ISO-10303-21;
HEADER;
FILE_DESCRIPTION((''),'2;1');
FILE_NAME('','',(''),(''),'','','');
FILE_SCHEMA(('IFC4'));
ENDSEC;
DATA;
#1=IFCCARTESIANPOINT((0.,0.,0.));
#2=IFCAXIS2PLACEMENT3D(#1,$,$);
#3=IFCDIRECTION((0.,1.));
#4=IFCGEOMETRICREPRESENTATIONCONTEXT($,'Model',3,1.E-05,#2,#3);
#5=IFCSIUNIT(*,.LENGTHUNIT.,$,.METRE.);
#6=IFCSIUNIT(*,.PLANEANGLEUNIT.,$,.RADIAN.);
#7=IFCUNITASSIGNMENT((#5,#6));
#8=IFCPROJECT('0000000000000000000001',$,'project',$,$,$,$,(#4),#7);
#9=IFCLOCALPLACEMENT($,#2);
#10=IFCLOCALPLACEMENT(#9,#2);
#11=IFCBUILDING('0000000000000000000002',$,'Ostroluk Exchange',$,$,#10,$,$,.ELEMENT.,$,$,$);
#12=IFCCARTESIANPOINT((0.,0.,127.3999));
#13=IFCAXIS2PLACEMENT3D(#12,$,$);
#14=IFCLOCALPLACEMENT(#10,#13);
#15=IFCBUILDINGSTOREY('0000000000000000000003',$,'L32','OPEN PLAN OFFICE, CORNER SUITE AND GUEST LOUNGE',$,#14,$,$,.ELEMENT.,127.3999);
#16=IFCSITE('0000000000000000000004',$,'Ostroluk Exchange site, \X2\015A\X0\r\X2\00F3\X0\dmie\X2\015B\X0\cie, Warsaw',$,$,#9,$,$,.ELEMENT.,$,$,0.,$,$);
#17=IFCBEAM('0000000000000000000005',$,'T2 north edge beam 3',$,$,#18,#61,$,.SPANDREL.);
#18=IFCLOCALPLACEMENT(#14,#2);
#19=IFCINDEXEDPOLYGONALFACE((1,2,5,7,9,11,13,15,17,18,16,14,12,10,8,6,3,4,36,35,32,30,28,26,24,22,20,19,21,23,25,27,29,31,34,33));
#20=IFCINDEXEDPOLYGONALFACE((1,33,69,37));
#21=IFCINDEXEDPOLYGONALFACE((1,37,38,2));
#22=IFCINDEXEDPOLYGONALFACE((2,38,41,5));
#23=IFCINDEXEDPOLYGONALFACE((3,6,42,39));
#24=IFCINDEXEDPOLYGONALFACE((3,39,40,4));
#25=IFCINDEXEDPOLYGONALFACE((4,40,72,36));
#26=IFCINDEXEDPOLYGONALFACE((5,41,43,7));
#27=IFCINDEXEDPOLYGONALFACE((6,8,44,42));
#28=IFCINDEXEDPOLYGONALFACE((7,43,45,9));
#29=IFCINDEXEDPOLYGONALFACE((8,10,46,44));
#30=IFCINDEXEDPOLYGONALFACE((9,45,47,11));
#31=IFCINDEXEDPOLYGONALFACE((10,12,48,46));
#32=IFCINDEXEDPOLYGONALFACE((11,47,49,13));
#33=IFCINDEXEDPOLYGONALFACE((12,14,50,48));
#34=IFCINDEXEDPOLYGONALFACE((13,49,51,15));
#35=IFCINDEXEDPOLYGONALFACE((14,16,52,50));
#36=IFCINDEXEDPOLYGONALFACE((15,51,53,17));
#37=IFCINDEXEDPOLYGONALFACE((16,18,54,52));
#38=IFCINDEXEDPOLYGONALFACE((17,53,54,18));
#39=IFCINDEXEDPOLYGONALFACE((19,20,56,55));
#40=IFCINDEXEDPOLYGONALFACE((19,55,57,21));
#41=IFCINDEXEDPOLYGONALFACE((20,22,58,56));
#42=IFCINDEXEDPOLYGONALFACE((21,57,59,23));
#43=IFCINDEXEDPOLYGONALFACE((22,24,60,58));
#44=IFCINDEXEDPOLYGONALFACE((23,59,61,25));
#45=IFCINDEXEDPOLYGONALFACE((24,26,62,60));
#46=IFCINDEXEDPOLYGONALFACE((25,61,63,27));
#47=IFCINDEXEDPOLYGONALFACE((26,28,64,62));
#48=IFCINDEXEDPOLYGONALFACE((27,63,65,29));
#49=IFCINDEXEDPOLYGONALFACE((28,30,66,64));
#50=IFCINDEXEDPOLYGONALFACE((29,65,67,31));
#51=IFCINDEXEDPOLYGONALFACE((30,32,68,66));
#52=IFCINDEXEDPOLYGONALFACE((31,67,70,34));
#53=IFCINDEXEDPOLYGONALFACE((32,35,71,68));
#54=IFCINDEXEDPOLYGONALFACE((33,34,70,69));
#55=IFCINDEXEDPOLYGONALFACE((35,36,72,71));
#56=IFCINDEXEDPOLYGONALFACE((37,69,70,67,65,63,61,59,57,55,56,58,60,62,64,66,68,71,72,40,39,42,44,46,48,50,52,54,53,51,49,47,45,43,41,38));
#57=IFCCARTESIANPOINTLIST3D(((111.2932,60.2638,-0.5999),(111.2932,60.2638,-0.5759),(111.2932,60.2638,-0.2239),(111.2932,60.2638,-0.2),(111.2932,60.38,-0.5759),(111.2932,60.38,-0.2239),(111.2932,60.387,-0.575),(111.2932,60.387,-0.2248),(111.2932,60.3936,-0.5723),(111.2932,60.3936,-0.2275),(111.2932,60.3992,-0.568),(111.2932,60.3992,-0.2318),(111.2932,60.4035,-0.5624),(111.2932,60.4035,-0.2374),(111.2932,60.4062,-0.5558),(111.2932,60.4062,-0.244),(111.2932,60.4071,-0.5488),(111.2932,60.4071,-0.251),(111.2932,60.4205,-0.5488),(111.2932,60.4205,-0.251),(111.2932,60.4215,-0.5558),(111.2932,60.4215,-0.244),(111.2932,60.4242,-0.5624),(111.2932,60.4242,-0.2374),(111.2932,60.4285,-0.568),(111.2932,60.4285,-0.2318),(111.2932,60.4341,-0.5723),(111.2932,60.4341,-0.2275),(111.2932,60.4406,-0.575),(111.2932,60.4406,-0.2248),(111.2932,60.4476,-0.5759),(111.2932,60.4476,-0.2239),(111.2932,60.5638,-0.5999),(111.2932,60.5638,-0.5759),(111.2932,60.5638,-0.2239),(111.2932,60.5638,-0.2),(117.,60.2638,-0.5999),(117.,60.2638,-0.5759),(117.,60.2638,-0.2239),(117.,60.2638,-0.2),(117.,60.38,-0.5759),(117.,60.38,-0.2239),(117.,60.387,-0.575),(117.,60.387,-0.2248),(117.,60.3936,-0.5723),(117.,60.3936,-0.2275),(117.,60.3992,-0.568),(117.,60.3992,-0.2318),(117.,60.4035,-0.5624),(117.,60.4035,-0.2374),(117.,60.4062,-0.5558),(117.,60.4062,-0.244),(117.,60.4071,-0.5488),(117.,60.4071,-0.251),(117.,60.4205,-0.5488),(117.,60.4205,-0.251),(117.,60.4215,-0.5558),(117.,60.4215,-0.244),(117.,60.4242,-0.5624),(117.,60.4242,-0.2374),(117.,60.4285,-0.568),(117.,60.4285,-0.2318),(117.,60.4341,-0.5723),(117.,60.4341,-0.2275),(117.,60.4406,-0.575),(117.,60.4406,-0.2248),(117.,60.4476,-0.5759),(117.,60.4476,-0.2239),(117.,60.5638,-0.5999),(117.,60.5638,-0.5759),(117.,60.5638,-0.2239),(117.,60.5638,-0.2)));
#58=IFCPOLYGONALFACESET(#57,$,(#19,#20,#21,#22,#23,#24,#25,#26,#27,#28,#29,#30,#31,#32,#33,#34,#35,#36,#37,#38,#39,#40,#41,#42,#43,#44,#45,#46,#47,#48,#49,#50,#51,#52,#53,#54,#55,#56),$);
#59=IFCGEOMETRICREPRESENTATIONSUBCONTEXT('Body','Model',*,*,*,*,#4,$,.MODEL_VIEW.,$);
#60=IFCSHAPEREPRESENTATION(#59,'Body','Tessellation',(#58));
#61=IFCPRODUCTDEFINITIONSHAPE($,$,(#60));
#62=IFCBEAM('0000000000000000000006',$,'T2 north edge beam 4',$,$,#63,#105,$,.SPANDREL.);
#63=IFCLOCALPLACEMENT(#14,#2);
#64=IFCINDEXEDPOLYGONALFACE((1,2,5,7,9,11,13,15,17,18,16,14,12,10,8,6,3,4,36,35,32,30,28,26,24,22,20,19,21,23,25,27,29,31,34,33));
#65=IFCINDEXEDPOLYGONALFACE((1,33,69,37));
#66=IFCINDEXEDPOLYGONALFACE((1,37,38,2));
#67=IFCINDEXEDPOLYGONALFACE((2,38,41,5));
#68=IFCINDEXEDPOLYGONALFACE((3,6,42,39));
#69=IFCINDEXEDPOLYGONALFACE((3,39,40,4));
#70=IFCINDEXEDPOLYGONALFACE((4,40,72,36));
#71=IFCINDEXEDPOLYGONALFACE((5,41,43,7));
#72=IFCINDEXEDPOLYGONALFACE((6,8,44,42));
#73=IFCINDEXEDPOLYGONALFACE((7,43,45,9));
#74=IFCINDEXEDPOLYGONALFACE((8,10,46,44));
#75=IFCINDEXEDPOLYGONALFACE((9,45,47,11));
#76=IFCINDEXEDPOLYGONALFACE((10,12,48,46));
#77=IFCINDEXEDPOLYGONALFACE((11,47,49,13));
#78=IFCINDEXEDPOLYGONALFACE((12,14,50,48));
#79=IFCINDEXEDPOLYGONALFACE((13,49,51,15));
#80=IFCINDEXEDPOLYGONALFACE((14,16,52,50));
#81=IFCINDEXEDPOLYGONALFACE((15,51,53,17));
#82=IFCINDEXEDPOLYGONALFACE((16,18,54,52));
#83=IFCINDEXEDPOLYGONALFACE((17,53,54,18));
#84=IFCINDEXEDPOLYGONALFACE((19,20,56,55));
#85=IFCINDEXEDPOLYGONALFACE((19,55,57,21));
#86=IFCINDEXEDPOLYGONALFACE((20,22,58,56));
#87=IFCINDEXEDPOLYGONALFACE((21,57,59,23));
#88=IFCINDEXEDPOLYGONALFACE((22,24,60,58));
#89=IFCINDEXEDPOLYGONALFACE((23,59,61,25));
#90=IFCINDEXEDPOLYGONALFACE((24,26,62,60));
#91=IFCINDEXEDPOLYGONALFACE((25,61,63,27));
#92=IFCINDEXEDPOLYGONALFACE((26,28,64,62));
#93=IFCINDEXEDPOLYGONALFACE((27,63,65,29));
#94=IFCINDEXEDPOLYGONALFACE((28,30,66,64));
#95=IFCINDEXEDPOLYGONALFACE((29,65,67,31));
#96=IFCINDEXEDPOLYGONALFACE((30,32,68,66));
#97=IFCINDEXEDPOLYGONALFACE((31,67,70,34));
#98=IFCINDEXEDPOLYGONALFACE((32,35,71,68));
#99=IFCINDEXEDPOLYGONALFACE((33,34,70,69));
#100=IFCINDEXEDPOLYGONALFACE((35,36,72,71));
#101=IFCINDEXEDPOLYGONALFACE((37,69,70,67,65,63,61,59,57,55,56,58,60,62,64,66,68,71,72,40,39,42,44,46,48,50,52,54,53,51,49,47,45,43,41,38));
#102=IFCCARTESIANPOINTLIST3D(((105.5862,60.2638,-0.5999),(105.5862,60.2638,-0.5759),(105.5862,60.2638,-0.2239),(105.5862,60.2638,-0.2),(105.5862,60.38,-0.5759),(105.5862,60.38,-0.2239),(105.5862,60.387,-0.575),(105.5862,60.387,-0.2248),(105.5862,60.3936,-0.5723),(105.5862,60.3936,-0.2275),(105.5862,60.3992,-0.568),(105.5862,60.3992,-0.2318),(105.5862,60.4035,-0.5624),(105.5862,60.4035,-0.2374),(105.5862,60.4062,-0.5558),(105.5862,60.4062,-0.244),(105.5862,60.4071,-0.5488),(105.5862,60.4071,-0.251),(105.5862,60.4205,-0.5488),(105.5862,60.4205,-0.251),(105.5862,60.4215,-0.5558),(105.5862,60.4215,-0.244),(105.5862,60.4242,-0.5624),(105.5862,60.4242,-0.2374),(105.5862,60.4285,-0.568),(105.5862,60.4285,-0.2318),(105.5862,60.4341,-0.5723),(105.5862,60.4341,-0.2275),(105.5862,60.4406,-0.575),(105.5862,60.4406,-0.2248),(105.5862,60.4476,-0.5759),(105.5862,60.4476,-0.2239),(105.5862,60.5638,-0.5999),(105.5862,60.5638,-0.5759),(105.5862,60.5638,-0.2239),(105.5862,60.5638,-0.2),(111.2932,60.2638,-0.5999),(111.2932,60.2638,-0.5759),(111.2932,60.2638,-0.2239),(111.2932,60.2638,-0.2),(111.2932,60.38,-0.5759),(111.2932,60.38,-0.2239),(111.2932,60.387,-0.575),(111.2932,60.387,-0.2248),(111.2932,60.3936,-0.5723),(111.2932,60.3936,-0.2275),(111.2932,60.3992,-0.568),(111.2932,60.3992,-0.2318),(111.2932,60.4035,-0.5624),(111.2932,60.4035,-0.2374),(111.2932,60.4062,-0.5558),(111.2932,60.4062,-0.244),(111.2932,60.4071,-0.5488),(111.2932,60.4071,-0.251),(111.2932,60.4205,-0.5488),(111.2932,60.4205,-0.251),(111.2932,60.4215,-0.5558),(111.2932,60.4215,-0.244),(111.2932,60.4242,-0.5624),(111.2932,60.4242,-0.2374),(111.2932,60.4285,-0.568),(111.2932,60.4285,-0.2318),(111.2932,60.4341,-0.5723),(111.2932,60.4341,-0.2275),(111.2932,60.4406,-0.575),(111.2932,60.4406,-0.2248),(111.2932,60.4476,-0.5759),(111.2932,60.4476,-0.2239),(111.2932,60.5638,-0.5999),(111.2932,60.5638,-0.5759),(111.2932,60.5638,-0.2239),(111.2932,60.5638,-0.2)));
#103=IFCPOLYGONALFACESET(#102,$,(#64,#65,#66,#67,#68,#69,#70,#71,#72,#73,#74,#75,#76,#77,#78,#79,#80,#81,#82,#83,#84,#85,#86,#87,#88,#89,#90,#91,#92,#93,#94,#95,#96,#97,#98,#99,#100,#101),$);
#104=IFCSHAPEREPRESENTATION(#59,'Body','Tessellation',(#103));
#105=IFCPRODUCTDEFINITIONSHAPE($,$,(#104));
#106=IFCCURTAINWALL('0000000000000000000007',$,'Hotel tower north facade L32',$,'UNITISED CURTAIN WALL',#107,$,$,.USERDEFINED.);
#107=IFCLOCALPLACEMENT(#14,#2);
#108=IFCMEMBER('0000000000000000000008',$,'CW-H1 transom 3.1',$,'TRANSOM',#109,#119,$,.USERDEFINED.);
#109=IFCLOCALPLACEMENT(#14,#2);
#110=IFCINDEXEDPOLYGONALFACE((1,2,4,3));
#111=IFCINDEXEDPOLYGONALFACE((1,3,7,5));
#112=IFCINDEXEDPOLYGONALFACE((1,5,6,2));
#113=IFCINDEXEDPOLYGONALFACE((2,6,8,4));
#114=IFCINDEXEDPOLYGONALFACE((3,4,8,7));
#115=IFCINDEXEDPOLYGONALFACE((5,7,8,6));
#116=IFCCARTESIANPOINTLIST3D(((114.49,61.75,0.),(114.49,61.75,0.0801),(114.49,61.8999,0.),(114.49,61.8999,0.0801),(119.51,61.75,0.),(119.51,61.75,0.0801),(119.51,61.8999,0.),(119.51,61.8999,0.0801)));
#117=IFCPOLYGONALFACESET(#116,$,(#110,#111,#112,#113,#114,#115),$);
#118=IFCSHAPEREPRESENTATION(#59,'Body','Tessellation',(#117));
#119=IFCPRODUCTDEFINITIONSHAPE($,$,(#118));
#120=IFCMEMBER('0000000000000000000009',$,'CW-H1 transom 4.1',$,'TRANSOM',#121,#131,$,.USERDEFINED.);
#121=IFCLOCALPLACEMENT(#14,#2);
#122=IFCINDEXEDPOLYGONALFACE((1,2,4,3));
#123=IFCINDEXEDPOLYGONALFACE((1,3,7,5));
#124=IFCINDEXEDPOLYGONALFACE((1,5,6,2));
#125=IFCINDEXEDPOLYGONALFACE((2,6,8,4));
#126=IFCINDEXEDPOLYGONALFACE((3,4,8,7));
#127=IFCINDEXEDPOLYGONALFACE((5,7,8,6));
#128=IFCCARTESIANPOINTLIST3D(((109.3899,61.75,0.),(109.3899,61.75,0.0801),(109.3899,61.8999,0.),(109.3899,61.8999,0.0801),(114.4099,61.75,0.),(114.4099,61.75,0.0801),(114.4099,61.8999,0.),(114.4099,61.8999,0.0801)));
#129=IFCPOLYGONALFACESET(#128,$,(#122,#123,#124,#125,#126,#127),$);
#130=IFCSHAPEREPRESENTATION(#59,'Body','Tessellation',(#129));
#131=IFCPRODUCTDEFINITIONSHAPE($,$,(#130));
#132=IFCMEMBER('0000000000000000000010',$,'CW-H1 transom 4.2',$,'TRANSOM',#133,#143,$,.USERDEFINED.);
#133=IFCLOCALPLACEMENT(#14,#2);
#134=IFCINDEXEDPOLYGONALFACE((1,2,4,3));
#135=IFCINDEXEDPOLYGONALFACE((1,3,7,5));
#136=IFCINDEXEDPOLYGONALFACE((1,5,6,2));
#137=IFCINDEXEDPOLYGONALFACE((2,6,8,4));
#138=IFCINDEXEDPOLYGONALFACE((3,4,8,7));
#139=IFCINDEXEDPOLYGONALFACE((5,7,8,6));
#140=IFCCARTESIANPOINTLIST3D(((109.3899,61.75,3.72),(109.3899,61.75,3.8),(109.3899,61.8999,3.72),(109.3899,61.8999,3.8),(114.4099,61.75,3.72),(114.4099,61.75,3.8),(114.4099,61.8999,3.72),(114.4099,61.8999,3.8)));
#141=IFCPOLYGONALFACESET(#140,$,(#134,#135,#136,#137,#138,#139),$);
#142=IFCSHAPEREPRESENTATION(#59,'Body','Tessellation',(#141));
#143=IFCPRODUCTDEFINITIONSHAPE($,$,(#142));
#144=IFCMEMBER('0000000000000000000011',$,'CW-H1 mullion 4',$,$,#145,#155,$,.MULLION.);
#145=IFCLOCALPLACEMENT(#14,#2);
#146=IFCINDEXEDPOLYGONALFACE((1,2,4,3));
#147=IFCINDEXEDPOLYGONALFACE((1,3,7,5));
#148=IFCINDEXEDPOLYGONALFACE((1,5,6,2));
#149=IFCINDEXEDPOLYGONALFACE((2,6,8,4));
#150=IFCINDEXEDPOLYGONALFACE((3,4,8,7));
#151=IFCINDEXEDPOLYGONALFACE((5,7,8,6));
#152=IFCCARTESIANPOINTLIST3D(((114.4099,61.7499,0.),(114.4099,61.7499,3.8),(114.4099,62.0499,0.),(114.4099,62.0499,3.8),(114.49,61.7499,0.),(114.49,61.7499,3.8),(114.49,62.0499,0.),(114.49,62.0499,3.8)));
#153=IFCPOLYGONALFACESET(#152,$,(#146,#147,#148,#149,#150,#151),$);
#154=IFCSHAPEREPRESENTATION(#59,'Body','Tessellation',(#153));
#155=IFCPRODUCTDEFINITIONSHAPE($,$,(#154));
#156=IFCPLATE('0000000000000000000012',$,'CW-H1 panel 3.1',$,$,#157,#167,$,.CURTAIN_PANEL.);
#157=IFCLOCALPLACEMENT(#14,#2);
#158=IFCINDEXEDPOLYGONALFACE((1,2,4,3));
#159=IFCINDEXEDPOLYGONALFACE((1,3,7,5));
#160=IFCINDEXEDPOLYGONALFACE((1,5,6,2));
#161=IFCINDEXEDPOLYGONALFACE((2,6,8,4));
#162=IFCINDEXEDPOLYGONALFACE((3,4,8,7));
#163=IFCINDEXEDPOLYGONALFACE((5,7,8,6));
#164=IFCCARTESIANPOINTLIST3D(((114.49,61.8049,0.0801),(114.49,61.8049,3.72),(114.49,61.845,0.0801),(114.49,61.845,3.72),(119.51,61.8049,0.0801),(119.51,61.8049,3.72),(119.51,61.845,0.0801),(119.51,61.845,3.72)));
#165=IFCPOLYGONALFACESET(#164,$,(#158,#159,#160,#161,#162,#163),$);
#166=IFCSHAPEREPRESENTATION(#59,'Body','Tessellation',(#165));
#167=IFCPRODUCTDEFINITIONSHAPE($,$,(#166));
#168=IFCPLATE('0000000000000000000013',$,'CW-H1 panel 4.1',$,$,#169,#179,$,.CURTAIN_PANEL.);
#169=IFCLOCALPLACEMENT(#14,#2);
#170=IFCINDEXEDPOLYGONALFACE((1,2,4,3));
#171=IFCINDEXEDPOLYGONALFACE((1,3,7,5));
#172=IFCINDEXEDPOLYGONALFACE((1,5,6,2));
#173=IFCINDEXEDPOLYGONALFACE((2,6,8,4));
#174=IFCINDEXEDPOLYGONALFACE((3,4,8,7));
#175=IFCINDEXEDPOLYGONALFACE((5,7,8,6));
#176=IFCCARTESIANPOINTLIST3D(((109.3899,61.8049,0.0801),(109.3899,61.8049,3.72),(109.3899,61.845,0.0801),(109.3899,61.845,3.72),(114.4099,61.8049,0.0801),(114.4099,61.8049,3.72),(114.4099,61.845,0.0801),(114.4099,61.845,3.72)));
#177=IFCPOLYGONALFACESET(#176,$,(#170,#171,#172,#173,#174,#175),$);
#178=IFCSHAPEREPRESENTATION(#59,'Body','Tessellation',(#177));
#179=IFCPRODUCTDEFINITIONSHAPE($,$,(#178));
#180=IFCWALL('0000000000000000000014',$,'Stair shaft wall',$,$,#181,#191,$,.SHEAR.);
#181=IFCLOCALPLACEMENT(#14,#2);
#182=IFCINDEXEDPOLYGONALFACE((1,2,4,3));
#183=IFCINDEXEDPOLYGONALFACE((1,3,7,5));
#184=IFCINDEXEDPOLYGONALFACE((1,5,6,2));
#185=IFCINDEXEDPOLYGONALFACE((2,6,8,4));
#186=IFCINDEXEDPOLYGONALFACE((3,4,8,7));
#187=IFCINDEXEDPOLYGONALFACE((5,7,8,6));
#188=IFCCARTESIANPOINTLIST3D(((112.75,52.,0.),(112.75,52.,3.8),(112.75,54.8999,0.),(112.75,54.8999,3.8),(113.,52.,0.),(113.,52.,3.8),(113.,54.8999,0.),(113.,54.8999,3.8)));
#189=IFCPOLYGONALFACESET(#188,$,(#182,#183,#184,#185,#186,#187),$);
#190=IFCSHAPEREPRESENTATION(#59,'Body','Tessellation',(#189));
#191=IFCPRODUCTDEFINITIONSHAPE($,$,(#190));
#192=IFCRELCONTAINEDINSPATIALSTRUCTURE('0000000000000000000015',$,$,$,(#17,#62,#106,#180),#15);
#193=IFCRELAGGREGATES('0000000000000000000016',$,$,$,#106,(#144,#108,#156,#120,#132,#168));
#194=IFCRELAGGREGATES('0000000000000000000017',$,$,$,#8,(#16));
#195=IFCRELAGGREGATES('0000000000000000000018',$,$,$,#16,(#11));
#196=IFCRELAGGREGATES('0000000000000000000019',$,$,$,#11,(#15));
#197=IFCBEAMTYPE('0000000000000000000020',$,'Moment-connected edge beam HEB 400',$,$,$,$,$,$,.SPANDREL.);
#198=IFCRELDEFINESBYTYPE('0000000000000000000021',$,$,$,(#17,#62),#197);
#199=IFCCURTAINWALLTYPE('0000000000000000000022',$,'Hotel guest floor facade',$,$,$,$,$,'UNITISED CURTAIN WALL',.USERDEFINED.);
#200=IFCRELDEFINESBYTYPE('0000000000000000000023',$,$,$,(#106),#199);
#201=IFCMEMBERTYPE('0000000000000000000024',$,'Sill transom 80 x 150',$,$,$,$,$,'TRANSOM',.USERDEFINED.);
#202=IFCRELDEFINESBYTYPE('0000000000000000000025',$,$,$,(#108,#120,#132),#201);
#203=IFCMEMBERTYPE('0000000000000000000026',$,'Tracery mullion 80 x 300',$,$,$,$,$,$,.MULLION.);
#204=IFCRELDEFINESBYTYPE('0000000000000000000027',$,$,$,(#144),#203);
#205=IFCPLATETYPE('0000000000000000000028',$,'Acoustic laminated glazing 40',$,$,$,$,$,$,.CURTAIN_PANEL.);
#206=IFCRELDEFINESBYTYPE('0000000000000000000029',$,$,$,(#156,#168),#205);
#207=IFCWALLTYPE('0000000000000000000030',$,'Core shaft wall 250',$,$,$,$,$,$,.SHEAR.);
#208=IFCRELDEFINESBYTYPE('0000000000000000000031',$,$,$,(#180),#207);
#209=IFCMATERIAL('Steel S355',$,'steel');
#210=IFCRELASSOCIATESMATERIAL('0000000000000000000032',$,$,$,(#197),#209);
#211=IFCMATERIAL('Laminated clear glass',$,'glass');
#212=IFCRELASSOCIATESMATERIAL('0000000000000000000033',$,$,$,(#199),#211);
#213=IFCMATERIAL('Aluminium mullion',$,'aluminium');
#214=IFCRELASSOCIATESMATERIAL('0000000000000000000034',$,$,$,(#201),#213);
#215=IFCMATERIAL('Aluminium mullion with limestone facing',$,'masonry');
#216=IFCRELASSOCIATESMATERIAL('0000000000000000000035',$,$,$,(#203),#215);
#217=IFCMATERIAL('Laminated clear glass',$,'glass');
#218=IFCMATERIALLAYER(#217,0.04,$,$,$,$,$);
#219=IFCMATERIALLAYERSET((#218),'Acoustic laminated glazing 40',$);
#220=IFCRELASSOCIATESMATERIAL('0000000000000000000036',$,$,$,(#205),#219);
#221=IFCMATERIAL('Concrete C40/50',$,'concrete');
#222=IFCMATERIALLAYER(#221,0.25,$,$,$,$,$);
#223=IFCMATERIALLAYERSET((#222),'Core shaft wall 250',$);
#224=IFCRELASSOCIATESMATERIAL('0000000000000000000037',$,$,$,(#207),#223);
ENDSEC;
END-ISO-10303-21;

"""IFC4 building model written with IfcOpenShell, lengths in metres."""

from ifc_helpers import new_model, si_unit, direction, frame, frame_2d, origin, origin_2d, place, context, subcontext, project, spatial, rectangle, i_section, extrude, material, layer, layer_set, material_profile, profile_set, type_object, element, aggregate, save


model = new_model("IFC4")

# Units and contexts
model_context = context("Model", 3, precision=1e-05, world=origin(), true_north=direction((0.0, 1.0)))
body_context = subcontext(model_context, "Body", "Model", "MODEL_VIEW")
ifc_project = project(units=[si_unit("LENGTHUNIT", "METRE"), si_unit("PLANEANGLEUNIT", "RADIAN")], contexts=[model_context])

# Site, building, storey
site_placement = place(None, origin())
site = spatial("IfcSite", under=ifc_project, at=site_placement, Name="Ostroluk Exchange site, Śródmieście, Warsaw", CompositionType="ELEMENT", RefElevation=0.0)
building_placement = place(site_placement, origin())
building = spatial("IfcBuilding", under=site, at=building_placement, Name="Ostroluk Exchange", CompositionType="ELEMENT")
storey_placement = place(building_placement, frame((0.0, 0.0, 127.3999)))
storey = spatial("IfcBuildingStorey", under=building, at=storey_placement, Name="L32", Description="OPEN PLAN OFFICE, CORNER SUITE AND GUEST LOUNGE", CompositionType="ELEMENT", Elevation=127.3999)

# Beams
ifc_material_1 = material(Name="Steel S355", Category="steel")
ifc_material_profile_1 = material_profile(ifc_material_1, i_section(OverallWidth=0.3, OverallDepth=0.3999, WebThickness=0.0134, FlangeThickness=0.0239, FilletRadius=0.0271, at=origin_2d()), Name="HEB 400")
ifc_profile_set_1 = profile_set([ifc_material_profile_1], Name="Steel S355")
beam_type_1 = type_object("IfcBeamType", Name="Moment-connected edge beam HEB 400", PredefinedType="SPANDREL", material=ifc_profile_set_1)
beam_1_placement = place(storey_placement, frame((117.0, 60.4138, -0.3999), z_axis=(-1.0, 0.0, 0.0), x_axis=(0.0, -1.0, 0.0)))
element("IfcBeam", 1, at=beam_1_placement, inside=storey, type_object=beam_type_1, Name="T2 north edge beam 3", PredefinedType="SPANDREL", context=body_context, shape_type="SweptSolid", body=[
    extrude(i_section(OverallWidth=0.3, OverallDepth=0.3999, WebThickness=0.0134, FlangeThickness=0.0239, FilletRadius=0.0271, at=origin_2d()), origin(), (0.0, 0.0, 1.0), 5.7068),
])
beam_2_placement = place(storey_placement, frame((111.2932, 60.4138, -0.3999), z_axis=(-1.0, 0.0, 0.0), x_axis=(0.0, -1.0, 0.0)))
element("IfcBeam", 2, at=beam_2_placement, inside=storey, type_object=beam_type_1, Name="T2 north edge beam 4", PredefinedType="SPANDREL", context=body_context, shape_type="SweptSolid", body=[
    extrude(i_section(OverallWidth=0.3, OverallDepth=0.3999, WebThickness=0.0134, FlangeThickness=0.0239, FilletRadius=0.0271, at=origin_2d()), origin(), (0.0, 0.0, 1.0), 5.707),
])

# Curtain wall, members, plates
ifc_material_2 = material(Name="Laminated clear glass", Category="glass")
curtain_wall_type = type_object("IfcCurtainWallType", Name="Hotel guest floor facade", ElementType="UNITISED CURTAIN WALL", PredefinedType="USERDEFINED", material=ifc_material_2)
curtain_wall_placement = place(storey_placement, origin())
curtain_wall = element("IfcCurtainWall", 3, at=curtain_wall_placement, inside=storey, type_object=curtain_wall_type, Name="Hotel tower north facade L32", ObjectType="UNITISED CURTAIN WALL", PredefinedType="USERDEFINED")
ifc_material_3 = material(Name="Aluminium mullion", Category="aluminium")
ifc_material_profile_2 = material_profile(ifc_material_3, rectangle(XDim=0.1499, YDim=0.0801, at=origin_2d()), Name="Sill transom 80 x 150")
ifc_profile_set_2 = profile_set([ifc_material_profile_2], Name="Aluminium mullion")
member_type_1 = type_object("IfcMemberType", Name="Sill transom 80 x 150", ElementType="TRANSOM", PredefinedType="USERDEFINED", material=ifc_profile_set_2)
member_1_placement = place(storey_placement, frame((119.51, 61.825, 0.04), z_axis=(-1.0, 0.0, 0.0), x_axis=(0.0, -1.0, 0.0)))
member_1 = element("IfcMember", 4, at=member_1_placement, type_object=member_type_1, Name="CW-H1 transom 3.1", ObjectType="TRANSOM", PredefinedType="USERDEFINED", context=body_context, shape_type="SweptSolid", body=[
    extrude(rectangle(XDim=0.1499, YDim=0.0801, at=origin_2d()), origin(), (0.0, 0.0, 1.0), 5.02),
])
member_2_placement = place(storey_placement, frame((114.4099, 61.825, 0.04), z_axis=(-1.0, 0.0, 0.0), x_axis=(0.0, -1.0, 0.0)))
member_2 = element("IfcMember", 5, at=member_2_placement, type_object=member_type_1, Name="CW-H1 transom 4.1", ObjectType="TRANSOM", PredefinedType="USERDEFINED", context=body_context, shape_type="SweptSolid", body=[
    extrude(rectangle(XDim=0.1499, YDim=0.0801, at=origin_2d()), origin(), (0.0, 0.0, 1.0), 5.02),
])
member_3_placement = place(storey_placement, frame((114.4099, 61.825, 3.76), z_axis=(-1.0, 0.0, 0.0), x_axis=(0.0, -1.0, 0.0)))
member_3 = element("IfcMember", 6, at=member_3_placement, type_object=member_type_1, Name="CW-H1 transom 4.2", ObjectType="TRANSOM", PredefinedType="USERDEFINED", context=body_context, shape_type="SweptSolid", body=[
    extrude(rectangle(XDim=0.1499, YDim=0.0801, at=origin_2d()), origin(), (0.0, 0.0, 1.0), 5.02),
])
ifc_material_4 = material(Name="Aluminium mullion with limestone facing", Category="masonry")
ifc_material_profile_3 = material_profile(ifc_material_4, rectangle(XDim=0.3, YDim=0.0801, at=origin_2d()), Name="Tracery mullion 80 x 300")
ifc_profile_set_3 = profile_set([ifc_material_profile_3], Name="Aluminium mullion with limestone facing")
member_type_2 = type_object("IfcMemberType", Name="Tracery mullion 80 x 300", PredefinedType="MULLION", material=ifc_profile_set_3)
member_4_placement = place(storey_placement, frame((114.45, 61.8999, 0.0), z_axis=(0.0, 0.0, 1.0), x_axis=(0.0, -1.0, 0.0)))
member_4 = element("IfcMember", 7, at=member_4_placement, type_object=member_type_2, Name="CW-H1 mullion 4", PredefinedType="MULLION", context=body_context, shape_type="SweptSolid", body=[
    extrude(rectangle(XDim=0.3, YDim=0.0801, at=origin_2d()), origin(), (0.0, 0.0, 1.0), 3.8),
])
ifc_material_5 = material(Name="Laminated clear glass", Category="glass")
ifc_layer_1 = layer(ifc_material_5, 0.04)
ifc_layer_set_1 = layer_set([ifc_layer_1], Name="Acoustic laminated glazing 40")
plate_type = type_object("IfcPlateType", Name="Acoustic laminated glazing 40", PredefinedType="CURTAIN_PANEL", material=ifc_layer_set_1)
plate_1_placement = place(storey_placement, frame((117.0, 61.825, 0.0801), z_axis=(0.0, 0.0, 1.0), x_axis=(-1.0, 0.0, 0.0)))
plate_1 = element("IfcPlate", 8, at=plate_1_placement, type_object=plate_type, Name="CW-H1 panel 3.1", PredefinedType="CURTAIN_PANEL", context=body_context, shape_type="SweptSolid", body=[
    extrude(rectangle(XDim=5.02, YDim=0.04, at=origin_2d()), origin(), (0.0, 0.0, 1.0), 3.6399),
])
plate_2_placement = place(storey_placement, frame((111.8999, 61.825, 0.0801), z_axis=(0.0, 0.0, 1.0), x_axis=(-1.0, 0.0, 0.0)))
plate_2 = element("IfcPlate", 9, at=plate_2_placement, type_object=plate_type, Name="CW-H1 panel 4.1", PredefinedType="CURTAIN_PANEL", context=body_context, shape_type="SweptSolid", body=[
    extrude(rectangle(XDim=5.02, YDim=0.04, at=origin_2d()), origin(), (0.0, 0.0, 1.0), 3.6399),
])
aggregate(curtain_wall, [member_4, member_1, plate_1, member_2, member_3, plate_2])

# Wall
ifc_material_6 = material(Name="Concrete C40/50", Category="concrete")
ifc_layer_2 = layer(ifc_material_6, 0.25)
ifc_layer_set_2 = layer_set([ifc_layer_2], Name="Core shaft wall 250")
wall_type = type_object("IfcWallType", Name="Core shaft wall 250", PredefinedType="SHEAR", material=ifc_layer_set_2)
wall_placement = place(storey_placement, frame((112.875, 52.0, 0.0), z_axis=(0.0, 0.0, 1.0), x_axis=(0.0, 1.0, 0.0)))
element("IfcWall", 10, at=wall_placement, inside=storey, type_object=wall_type, Name="Stair shaft wall", PredefinedType="SHEAR", context=body_context, shape_type="SweptSolid", body=[
    extrude(rectangle(XDim=2.8999, YDim=0.25, at=frame_2d((1.45, 0.0))), origin(), (0.0, 0.0, 1.0), 3.8),
])

save(model, "model.ifc")
